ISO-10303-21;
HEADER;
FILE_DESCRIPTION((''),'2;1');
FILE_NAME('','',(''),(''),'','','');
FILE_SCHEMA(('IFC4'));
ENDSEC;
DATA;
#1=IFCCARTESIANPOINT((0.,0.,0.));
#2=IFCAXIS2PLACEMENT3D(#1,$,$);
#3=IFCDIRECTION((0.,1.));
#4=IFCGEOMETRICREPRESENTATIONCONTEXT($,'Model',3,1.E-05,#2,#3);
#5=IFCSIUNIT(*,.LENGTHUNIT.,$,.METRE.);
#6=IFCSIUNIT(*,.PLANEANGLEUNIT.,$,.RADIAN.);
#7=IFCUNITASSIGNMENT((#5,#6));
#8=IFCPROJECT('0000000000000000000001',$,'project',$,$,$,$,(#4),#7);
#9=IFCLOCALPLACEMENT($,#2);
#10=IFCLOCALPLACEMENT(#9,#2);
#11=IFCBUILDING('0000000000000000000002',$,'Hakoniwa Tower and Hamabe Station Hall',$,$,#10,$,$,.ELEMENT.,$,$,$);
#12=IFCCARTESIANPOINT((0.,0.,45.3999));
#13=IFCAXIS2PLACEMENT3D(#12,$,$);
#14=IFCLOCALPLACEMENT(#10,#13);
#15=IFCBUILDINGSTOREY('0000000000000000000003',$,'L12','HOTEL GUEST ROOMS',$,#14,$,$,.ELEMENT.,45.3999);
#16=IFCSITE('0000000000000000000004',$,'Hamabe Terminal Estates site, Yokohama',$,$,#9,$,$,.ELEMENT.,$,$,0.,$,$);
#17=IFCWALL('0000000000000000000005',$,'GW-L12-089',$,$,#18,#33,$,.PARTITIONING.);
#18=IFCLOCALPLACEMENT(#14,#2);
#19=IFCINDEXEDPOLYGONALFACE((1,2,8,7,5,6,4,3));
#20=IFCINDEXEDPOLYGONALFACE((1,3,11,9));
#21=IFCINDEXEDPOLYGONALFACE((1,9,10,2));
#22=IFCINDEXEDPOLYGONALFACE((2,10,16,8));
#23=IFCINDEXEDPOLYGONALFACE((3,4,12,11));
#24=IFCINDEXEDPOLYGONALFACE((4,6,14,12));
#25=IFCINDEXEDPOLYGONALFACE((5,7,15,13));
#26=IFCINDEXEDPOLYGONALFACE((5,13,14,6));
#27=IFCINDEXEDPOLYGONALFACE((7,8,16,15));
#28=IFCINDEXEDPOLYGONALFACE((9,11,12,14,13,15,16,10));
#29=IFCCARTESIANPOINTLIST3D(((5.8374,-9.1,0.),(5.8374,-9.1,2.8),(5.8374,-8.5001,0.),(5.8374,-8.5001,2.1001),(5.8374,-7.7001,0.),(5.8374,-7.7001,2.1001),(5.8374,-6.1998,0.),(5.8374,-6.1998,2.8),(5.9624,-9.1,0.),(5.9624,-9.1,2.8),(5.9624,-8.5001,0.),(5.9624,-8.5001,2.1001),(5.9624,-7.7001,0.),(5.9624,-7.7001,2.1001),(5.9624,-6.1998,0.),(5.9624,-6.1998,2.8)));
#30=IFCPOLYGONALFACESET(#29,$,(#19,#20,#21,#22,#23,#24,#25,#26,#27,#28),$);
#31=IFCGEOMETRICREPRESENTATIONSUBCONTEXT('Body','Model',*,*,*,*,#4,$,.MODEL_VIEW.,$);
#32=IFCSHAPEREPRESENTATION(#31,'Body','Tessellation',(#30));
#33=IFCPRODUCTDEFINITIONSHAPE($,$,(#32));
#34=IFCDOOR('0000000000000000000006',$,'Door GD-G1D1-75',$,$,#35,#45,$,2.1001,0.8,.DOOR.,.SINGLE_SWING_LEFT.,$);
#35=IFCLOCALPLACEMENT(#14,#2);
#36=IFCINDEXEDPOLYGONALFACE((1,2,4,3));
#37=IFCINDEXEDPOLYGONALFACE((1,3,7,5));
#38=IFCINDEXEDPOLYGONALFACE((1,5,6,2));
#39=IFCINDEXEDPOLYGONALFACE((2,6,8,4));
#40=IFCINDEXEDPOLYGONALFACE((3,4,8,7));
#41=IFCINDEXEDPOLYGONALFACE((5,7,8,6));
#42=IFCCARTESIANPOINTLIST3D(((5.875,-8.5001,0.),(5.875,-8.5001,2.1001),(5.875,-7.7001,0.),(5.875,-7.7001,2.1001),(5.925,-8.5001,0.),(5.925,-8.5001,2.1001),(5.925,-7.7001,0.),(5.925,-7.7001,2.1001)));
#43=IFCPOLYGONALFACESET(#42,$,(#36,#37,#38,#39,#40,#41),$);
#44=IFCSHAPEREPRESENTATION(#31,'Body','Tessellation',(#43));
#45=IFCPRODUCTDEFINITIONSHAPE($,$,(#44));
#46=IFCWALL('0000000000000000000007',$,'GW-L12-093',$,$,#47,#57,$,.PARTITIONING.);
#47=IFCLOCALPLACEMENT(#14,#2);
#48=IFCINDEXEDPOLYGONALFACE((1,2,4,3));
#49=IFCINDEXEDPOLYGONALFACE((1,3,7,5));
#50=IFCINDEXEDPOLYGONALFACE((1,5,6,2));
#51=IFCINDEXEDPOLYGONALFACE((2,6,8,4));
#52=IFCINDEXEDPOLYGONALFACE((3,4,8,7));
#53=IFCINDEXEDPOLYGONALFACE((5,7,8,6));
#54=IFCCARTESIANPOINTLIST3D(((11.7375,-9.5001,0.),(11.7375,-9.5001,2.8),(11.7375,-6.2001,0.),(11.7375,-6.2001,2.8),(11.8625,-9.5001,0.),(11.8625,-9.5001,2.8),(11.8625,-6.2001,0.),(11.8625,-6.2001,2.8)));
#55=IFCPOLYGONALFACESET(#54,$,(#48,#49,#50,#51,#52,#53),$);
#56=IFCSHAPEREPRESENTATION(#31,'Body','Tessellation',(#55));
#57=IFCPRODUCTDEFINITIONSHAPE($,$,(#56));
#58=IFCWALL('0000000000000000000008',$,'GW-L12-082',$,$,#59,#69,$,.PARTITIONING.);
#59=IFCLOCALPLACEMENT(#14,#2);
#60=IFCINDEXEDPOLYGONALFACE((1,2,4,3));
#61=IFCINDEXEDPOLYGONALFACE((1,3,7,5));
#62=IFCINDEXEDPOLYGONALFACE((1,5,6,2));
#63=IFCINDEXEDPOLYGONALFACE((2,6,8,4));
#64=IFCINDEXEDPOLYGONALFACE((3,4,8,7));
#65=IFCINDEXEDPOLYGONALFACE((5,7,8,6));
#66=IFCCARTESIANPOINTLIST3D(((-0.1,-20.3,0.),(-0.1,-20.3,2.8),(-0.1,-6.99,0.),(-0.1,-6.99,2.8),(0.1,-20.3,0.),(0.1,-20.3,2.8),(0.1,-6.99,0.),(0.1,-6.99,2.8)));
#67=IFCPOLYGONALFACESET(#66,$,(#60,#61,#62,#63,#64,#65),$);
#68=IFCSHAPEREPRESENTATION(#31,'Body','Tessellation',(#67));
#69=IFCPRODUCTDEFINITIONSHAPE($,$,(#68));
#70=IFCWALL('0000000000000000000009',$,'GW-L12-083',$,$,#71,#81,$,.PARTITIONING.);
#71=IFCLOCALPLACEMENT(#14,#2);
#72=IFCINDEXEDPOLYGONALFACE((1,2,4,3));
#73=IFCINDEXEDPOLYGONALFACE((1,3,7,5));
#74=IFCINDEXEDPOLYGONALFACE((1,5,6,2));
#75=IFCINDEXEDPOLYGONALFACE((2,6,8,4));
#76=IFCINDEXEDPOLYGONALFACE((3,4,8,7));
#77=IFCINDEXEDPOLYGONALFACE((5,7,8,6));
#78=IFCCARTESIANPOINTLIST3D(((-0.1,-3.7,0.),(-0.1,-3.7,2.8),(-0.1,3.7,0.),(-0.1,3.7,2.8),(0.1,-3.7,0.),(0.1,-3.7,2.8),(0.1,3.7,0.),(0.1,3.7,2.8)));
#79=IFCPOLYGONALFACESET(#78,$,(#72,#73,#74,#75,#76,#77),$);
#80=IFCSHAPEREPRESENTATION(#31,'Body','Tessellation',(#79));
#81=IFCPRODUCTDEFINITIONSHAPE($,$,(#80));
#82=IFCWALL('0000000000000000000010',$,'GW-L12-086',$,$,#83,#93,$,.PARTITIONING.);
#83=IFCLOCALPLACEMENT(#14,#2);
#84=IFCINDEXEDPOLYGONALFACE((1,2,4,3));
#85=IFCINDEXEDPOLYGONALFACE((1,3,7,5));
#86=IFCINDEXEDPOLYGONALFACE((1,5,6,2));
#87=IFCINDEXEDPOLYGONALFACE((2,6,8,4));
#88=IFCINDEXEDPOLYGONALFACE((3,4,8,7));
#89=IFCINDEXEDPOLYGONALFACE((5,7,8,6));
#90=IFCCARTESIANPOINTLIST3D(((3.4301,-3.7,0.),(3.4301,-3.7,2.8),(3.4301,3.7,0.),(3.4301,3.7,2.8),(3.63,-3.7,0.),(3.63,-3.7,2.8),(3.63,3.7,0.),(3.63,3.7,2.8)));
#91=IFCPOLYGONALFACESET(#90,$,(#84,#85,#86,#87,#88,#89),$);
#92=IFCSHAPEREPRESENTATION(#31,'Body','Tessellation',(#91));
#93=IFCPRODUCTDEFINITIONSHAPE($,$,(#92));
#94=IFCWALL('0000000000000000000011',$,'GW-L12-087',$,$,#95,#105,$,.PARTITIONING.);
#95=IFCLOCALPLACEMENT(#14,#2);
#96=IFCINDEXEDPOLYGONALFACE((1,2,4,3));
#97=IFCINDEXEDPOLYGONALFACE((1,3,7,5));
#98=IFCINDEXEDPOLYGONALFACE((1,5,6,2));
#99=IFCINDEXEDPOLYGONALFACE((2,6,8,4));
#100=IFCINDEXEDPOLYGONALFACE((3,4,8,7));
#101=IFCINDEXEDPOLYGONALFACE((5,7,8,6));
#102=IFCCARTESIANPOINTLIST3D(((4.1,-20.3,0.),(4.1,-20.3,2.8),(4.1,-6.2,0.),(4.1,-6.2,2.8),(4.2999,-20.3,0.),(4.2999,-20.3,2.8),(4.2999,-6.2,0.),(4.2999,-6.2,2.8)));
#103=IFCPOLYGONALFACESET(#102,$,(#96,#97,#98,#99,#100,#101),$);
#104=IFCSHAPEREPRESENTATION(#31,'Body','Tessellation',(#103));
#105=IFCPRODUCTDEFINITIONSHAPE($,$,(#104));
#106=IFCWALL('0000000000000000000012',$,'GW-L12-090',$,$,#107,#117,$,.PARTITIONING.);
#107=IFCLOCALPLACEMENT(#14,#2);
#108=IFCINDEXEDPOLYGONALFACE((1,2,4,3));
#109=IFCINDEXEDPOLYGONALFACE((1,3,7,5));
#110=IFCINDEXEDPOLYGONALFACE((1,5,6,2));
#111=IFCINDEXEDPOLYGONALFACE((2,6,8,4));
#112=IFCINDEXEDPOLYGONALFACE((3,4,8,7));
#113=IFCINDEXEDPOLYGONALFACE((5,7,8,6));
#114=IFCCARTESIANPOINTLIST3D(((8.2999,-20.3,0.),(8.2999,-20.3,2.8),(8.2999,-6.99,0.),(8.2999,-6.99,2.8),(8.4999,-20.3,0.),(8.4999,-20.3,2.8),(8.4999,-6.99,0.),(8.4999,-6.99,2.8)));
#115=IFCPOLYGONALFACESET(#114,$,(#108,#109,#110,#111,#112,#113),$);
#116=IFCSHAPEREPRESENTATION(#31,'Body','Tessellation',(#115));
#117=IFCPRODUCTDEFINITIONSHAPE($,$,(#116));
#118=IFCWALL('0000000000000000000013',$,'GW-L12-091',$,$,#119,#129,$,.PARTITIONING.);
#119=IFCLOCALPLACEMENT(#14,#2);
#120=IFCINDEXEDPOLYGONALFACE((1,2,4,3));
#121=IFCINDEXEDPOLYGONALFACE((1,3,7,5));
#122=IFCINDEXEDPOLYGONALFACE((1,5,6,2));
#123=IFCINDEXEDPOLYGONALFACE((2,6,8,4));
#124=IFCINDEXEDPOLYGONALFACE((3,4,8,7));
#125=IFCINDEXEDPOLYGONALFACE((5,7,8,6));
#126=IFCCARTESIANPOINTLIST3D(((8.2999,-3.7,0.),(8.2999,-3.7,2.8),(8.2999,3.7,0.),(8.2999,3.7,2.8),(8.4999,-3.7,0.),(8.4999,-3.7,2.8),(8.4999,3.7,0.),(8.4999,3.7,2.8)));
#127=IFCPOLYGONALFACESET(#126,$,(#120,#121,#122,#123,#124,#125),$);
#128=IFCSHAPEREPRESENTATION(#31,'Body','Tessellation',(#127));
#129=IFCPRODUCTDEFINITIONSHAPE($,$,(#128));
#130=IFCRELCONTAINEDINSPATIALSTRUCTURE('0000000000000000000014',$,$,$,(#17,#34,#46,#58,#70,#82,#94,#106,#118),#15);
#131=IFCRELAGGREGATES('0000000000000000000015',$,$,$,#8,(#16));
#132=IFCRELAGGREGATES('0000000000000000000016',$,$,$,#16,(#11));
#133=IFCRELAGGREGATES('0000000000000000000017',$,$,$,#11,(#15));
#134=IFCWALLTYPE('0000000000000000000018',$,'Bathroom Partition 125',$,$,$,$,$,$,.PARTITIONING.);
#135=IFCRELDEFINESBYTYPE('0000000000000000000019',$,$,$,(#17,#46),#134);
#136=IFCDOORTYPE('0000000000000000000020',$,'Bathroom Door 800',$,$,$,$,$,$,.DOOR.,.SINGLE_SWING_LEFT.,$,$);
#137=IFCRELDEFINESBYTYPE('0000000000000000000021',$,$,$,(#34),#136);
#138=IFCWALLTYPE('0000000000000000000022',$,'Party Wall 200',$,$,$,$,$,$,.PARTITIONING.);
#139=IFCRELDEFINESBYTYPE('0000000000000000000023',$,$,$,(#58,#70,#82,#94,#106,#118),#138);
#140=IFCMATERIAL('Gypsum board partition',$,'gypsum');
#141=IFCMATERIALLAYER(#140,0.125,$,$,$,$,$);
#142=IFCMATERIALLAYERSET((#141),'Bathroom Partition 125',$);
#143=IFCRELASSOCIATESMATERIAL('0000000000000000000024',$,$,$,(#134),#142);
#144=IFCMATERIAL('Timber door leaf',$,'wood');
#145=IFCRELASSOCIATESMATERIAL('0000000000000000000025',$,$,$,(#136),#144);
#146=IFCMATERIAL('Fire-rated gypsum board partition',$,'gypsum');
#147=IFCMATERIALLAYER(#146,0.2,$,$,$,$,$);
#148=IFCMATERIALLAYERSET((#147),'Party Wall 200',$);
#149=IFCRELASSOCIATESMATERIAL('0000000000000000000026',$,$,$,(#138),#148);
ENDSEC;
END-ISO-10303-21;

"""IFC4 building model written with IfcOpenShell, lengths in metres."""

from ifc_helpers import new_model, si_unit, direction, frame, frame_2d, origin, place, context, subcontext, project, spatial, rectangle, extrude, material, layer, layer_set, type_object, element, fill, save


model = new_model("IFC4")

# Units and contexts
model_context = context("Model", 3, precision=1e-05, world=origin(), true_north=direction((0.0, 1.0)))
body_context = subcontext(model_context, "Body", "Model", "MODEL_VIEW")
ifc_project = project(units=[si_unit("LENGTHUNIT", "METRE"), si_unit("PLANEANGLEUNIT", "RADIAN")], contexts=[model_context])

# Site, building, storey
site_placement = place(None, origin())
site = spatial("IfcSite", under=ifc_project, at=site_placement, Name="Hamabe Terminal Estates site, Yokohama", CompositionType="ELEMENT", RefElevation=0.0)
building_placement = place(site_placement, origin())
building = spatial("IfcBuilding", under=site, at=building_placement, Name="Hakoniwa Tower and Hamabe Station Hall", CompositionType="ELEMENT")
storey_placement = place(building_placement, frame((0.0, 0.0, 45.3999)))
storey = spatial("IfcBuildingStorey", under=building, at=storey_placement, Name="L12", Description="HOTEL GUEST ROOMS", CompositionType="ELEMENT", Elevation=45.3999)

# Shared definitions
ifc_material_1 = material(Name="Gypsum board partition", Category="gypsum")
ifc_layer_1 = layer(ifc_material_1, 0.125)
ifc_layer_set_1 = layer_set([ifc_layer_1], Name="Bathroom Partition 125")
wall_type_1 = type_object("IfcWallType", Name="Bathroom Partition 125", PredefinedType="PARTITIONING", material=ifc_layer_set_1)
ifc_material_2 = material(Name="Timber door leaf", Category="wood")
door_type = type_object("IfcDoorType", Name="Bathroom Door 800", OperationType="SINGLE_SWING_LEFT", PredefinedType="DOOR", material=ifc_material_2)

# Wall, opening, door
wall_1_placement = place(storey_placement, frame((5.8999, -9.1001, 0.0), z_axis=(0.0, 0.0, 1.0), x_axis=(0.0, 1.0, 0.0)))
wall_1 = element("IfcWall", 1, at=wall_1_placement, inside=storey, type_object=wall_type_1, Name="GW-L12-089", PredefinedType="PARTITIONING", context=body_context, shape_type="SweptSolid", body=[
    extrude(rectangle(XDim=2.9001, YDim=0.125, at=frame_2d((1.4502, 0.0))), origin(), (0.0, 0.0, 1.0), 2.8),
])
opening_1_placement = place(wall_1_placement, frame((0.6001, 0.0, 0.0)))
opening_1 = element("IfcOpeningElement", 2, at=opening_1_placement, cuts=wall_1, PredefinedType="OPENING", context=body_context, shape_type="SweptSolid", body=[
    extrude(rectangle(XDim=0.8, YDim=2.1001, at=frame_2d((0.3999, 1.05))), frame((0.0, 0.0725, 0.0), z_axis=(0.0, -1.0, 0.0), x_axis=(1.0, 0.0, 0.0)), (0.0, 0.0, 1.0), 0.145),
])
door_1_placement = place(opening_1_placement, origin())
door_1 = element("IfcDoor", 3, at=door_1_placement, inside=storey, type_object=door_type, Name="Door GD-G1D1-75", OperationType="SINGLE_SWING_LEFT", OverallHeight=2.1001, OverallWidth=0.8, PredefinedType="DOOR", context=body_context, shape_type="SweptSolid", body=[
    extrude(rectangle(XDim=0.8, YDim=2.1001, at=frame_2d((0.3999, 1.05))), frame((0.0, 0.0249, 0.0), z_axis=(0.0, -1.0, 0.0), x_axis=(1.0, 0.0, 0.0)), (0.0, 0.0, 1.0), 0.05),
])
fill(opening_1, door_1)

# Walls
wall_2_placement = place(storey_placement, frame((11.8, -9.5, 0.0), z_axis=(0.0, 0.0, 1.0), x_axis=(0.0, 1.0, 0.0)))
element("IfcWall", 4, at=wall_2_placement, inside=storey, type_object=wall_type_1, Name="GW-L12-093", PredefinedType="PARTITIONING", context=body_context, shape_type="SweptSolid", body=[
    extrude(rectangle(XDim=3.3, YDim=0.125, at=frame_2d((1.6499, 0.0))), origin(), (0.0, 0.0, 1.0), 2.8),
])
ifc_material_3 = material(Name="Fire-rated gypsum board partition", Category="gypsum")
ifc_layer_2 = layer(ifc_material_3, 0.2)
ifc_layer_set_2 = layer_set([ifc_layer_2], Name="Party Wall 200")
wall_type_2 = type_object("IfcWallType", Name="Party Wall 200", PredefinedType="PARTITIONING", material=ifc_layer_set_2)
wall_3_placement = place(storey_placement, frame((0.0, -20.3, 0.0), z_axis=(0.0, 0.0, 1.0), x_axis=(0.0, 1.0, 0.0)))
element("IfcWall", 5, at=wall_3_placement, inside=storey, type_object=wall_type_2, Name="GW-L12-082", PredefinedType="PARTITIONING", context=body_context, shape_type="SweptSolid", body=[
    extrude(rectangle(XDim=13.3101, YDim=0.2, at=frame_2d((6.655, 0.0))), origin(), (0.0, 0.0, 1.0), 2.8),
])
for number, where, z_axis, x_axis, name in (
    (6, (0.0, -3.7, 0.0), (0.0, 0.0, 1.0), (0.0, 1.0, 0.0), "GW-L12-083"),
    (7, (3.53, -3.7, 0.0), (0.0, 0.0, 1.0), (0.0, 1.0, 0.0), "GW-L12-086"),
):
    element("IfcWall", number, at=place(storey_placement, frame(where, z_axis=z_axis, x_axis=x_axis)), inside=storey, type_object=wall_type_2, Name=name, PredefinedType="PARTITIONING", context=body_context, shape_type="SweptSolid", body=[
        extrude(rectangle(XDim=7.3999, YDim=0.2, at=frame_2d((3.7, 0.0))), origin(), (0.0, 0.0, 1.0), 2.8),
    ])
wall_4_placement = place(storey_placement, frame((4.2, -20.3, 0.0), z_axis=(0.0, 0.0, 1.0), x_axis=(0.0, 1.0, 0.0)))
element("IfcWall", 8, at=wall_4_placement, inside=storey, type_object=wall_type_2, Name="GW-L12-087", PredefinedType="PARTITIONING", context=body_context, shape_type="SweptSolid", body=[
    extrude(rectangle(XDim=14.1001, YDim=0.2, at=frame_2d((7.05, 0.0))), origin(), (0.0, 0.0, 1.0), 2.8),
])
wall_5_placement = place(storey_placement, frame((8.3999, -20.3, 0.0), z_axis=(0.0, 0.0, 1.0), x_axis=(0.0, 1.0, 0.0)))
element("IfcWall", 9, at=wall_5_placement, inside=storey, type_object=wall_type_2, Name="GW-L12-090", PredefinedType="PARTITIONING", context=body_context, shape_type="SweptSolid", body=[
    extrude(rectangle(XDim=13.3101, YDim=0.2, at=frame_2d((6.655, 0.0))), origin(), (0.0, 0.0, 1.0), 2.8),
])
wall_6_placement = place(storey_placement, frame((8.3999, -3.7, 0.0), z_axis=(0.0, 0.0, 1.0), x_axis=(0.0, 1.0, 0.0)))
element("IfcWall", 10, at=wall_6_placement, inside=storey, type_object=wall_type_2, Name="GW-L12-091", PredefinedType="PARTITIONING", context=body_context, shape_type="SweptSolid", body=[
    extrude(rectangle(XDim=7.3999, YDim=0.2, at=frame_2d((3.7, 0.0))), origin(), (0.0, 0.0, 1.0), 2.8),
])

save(model, "model.ifc")
